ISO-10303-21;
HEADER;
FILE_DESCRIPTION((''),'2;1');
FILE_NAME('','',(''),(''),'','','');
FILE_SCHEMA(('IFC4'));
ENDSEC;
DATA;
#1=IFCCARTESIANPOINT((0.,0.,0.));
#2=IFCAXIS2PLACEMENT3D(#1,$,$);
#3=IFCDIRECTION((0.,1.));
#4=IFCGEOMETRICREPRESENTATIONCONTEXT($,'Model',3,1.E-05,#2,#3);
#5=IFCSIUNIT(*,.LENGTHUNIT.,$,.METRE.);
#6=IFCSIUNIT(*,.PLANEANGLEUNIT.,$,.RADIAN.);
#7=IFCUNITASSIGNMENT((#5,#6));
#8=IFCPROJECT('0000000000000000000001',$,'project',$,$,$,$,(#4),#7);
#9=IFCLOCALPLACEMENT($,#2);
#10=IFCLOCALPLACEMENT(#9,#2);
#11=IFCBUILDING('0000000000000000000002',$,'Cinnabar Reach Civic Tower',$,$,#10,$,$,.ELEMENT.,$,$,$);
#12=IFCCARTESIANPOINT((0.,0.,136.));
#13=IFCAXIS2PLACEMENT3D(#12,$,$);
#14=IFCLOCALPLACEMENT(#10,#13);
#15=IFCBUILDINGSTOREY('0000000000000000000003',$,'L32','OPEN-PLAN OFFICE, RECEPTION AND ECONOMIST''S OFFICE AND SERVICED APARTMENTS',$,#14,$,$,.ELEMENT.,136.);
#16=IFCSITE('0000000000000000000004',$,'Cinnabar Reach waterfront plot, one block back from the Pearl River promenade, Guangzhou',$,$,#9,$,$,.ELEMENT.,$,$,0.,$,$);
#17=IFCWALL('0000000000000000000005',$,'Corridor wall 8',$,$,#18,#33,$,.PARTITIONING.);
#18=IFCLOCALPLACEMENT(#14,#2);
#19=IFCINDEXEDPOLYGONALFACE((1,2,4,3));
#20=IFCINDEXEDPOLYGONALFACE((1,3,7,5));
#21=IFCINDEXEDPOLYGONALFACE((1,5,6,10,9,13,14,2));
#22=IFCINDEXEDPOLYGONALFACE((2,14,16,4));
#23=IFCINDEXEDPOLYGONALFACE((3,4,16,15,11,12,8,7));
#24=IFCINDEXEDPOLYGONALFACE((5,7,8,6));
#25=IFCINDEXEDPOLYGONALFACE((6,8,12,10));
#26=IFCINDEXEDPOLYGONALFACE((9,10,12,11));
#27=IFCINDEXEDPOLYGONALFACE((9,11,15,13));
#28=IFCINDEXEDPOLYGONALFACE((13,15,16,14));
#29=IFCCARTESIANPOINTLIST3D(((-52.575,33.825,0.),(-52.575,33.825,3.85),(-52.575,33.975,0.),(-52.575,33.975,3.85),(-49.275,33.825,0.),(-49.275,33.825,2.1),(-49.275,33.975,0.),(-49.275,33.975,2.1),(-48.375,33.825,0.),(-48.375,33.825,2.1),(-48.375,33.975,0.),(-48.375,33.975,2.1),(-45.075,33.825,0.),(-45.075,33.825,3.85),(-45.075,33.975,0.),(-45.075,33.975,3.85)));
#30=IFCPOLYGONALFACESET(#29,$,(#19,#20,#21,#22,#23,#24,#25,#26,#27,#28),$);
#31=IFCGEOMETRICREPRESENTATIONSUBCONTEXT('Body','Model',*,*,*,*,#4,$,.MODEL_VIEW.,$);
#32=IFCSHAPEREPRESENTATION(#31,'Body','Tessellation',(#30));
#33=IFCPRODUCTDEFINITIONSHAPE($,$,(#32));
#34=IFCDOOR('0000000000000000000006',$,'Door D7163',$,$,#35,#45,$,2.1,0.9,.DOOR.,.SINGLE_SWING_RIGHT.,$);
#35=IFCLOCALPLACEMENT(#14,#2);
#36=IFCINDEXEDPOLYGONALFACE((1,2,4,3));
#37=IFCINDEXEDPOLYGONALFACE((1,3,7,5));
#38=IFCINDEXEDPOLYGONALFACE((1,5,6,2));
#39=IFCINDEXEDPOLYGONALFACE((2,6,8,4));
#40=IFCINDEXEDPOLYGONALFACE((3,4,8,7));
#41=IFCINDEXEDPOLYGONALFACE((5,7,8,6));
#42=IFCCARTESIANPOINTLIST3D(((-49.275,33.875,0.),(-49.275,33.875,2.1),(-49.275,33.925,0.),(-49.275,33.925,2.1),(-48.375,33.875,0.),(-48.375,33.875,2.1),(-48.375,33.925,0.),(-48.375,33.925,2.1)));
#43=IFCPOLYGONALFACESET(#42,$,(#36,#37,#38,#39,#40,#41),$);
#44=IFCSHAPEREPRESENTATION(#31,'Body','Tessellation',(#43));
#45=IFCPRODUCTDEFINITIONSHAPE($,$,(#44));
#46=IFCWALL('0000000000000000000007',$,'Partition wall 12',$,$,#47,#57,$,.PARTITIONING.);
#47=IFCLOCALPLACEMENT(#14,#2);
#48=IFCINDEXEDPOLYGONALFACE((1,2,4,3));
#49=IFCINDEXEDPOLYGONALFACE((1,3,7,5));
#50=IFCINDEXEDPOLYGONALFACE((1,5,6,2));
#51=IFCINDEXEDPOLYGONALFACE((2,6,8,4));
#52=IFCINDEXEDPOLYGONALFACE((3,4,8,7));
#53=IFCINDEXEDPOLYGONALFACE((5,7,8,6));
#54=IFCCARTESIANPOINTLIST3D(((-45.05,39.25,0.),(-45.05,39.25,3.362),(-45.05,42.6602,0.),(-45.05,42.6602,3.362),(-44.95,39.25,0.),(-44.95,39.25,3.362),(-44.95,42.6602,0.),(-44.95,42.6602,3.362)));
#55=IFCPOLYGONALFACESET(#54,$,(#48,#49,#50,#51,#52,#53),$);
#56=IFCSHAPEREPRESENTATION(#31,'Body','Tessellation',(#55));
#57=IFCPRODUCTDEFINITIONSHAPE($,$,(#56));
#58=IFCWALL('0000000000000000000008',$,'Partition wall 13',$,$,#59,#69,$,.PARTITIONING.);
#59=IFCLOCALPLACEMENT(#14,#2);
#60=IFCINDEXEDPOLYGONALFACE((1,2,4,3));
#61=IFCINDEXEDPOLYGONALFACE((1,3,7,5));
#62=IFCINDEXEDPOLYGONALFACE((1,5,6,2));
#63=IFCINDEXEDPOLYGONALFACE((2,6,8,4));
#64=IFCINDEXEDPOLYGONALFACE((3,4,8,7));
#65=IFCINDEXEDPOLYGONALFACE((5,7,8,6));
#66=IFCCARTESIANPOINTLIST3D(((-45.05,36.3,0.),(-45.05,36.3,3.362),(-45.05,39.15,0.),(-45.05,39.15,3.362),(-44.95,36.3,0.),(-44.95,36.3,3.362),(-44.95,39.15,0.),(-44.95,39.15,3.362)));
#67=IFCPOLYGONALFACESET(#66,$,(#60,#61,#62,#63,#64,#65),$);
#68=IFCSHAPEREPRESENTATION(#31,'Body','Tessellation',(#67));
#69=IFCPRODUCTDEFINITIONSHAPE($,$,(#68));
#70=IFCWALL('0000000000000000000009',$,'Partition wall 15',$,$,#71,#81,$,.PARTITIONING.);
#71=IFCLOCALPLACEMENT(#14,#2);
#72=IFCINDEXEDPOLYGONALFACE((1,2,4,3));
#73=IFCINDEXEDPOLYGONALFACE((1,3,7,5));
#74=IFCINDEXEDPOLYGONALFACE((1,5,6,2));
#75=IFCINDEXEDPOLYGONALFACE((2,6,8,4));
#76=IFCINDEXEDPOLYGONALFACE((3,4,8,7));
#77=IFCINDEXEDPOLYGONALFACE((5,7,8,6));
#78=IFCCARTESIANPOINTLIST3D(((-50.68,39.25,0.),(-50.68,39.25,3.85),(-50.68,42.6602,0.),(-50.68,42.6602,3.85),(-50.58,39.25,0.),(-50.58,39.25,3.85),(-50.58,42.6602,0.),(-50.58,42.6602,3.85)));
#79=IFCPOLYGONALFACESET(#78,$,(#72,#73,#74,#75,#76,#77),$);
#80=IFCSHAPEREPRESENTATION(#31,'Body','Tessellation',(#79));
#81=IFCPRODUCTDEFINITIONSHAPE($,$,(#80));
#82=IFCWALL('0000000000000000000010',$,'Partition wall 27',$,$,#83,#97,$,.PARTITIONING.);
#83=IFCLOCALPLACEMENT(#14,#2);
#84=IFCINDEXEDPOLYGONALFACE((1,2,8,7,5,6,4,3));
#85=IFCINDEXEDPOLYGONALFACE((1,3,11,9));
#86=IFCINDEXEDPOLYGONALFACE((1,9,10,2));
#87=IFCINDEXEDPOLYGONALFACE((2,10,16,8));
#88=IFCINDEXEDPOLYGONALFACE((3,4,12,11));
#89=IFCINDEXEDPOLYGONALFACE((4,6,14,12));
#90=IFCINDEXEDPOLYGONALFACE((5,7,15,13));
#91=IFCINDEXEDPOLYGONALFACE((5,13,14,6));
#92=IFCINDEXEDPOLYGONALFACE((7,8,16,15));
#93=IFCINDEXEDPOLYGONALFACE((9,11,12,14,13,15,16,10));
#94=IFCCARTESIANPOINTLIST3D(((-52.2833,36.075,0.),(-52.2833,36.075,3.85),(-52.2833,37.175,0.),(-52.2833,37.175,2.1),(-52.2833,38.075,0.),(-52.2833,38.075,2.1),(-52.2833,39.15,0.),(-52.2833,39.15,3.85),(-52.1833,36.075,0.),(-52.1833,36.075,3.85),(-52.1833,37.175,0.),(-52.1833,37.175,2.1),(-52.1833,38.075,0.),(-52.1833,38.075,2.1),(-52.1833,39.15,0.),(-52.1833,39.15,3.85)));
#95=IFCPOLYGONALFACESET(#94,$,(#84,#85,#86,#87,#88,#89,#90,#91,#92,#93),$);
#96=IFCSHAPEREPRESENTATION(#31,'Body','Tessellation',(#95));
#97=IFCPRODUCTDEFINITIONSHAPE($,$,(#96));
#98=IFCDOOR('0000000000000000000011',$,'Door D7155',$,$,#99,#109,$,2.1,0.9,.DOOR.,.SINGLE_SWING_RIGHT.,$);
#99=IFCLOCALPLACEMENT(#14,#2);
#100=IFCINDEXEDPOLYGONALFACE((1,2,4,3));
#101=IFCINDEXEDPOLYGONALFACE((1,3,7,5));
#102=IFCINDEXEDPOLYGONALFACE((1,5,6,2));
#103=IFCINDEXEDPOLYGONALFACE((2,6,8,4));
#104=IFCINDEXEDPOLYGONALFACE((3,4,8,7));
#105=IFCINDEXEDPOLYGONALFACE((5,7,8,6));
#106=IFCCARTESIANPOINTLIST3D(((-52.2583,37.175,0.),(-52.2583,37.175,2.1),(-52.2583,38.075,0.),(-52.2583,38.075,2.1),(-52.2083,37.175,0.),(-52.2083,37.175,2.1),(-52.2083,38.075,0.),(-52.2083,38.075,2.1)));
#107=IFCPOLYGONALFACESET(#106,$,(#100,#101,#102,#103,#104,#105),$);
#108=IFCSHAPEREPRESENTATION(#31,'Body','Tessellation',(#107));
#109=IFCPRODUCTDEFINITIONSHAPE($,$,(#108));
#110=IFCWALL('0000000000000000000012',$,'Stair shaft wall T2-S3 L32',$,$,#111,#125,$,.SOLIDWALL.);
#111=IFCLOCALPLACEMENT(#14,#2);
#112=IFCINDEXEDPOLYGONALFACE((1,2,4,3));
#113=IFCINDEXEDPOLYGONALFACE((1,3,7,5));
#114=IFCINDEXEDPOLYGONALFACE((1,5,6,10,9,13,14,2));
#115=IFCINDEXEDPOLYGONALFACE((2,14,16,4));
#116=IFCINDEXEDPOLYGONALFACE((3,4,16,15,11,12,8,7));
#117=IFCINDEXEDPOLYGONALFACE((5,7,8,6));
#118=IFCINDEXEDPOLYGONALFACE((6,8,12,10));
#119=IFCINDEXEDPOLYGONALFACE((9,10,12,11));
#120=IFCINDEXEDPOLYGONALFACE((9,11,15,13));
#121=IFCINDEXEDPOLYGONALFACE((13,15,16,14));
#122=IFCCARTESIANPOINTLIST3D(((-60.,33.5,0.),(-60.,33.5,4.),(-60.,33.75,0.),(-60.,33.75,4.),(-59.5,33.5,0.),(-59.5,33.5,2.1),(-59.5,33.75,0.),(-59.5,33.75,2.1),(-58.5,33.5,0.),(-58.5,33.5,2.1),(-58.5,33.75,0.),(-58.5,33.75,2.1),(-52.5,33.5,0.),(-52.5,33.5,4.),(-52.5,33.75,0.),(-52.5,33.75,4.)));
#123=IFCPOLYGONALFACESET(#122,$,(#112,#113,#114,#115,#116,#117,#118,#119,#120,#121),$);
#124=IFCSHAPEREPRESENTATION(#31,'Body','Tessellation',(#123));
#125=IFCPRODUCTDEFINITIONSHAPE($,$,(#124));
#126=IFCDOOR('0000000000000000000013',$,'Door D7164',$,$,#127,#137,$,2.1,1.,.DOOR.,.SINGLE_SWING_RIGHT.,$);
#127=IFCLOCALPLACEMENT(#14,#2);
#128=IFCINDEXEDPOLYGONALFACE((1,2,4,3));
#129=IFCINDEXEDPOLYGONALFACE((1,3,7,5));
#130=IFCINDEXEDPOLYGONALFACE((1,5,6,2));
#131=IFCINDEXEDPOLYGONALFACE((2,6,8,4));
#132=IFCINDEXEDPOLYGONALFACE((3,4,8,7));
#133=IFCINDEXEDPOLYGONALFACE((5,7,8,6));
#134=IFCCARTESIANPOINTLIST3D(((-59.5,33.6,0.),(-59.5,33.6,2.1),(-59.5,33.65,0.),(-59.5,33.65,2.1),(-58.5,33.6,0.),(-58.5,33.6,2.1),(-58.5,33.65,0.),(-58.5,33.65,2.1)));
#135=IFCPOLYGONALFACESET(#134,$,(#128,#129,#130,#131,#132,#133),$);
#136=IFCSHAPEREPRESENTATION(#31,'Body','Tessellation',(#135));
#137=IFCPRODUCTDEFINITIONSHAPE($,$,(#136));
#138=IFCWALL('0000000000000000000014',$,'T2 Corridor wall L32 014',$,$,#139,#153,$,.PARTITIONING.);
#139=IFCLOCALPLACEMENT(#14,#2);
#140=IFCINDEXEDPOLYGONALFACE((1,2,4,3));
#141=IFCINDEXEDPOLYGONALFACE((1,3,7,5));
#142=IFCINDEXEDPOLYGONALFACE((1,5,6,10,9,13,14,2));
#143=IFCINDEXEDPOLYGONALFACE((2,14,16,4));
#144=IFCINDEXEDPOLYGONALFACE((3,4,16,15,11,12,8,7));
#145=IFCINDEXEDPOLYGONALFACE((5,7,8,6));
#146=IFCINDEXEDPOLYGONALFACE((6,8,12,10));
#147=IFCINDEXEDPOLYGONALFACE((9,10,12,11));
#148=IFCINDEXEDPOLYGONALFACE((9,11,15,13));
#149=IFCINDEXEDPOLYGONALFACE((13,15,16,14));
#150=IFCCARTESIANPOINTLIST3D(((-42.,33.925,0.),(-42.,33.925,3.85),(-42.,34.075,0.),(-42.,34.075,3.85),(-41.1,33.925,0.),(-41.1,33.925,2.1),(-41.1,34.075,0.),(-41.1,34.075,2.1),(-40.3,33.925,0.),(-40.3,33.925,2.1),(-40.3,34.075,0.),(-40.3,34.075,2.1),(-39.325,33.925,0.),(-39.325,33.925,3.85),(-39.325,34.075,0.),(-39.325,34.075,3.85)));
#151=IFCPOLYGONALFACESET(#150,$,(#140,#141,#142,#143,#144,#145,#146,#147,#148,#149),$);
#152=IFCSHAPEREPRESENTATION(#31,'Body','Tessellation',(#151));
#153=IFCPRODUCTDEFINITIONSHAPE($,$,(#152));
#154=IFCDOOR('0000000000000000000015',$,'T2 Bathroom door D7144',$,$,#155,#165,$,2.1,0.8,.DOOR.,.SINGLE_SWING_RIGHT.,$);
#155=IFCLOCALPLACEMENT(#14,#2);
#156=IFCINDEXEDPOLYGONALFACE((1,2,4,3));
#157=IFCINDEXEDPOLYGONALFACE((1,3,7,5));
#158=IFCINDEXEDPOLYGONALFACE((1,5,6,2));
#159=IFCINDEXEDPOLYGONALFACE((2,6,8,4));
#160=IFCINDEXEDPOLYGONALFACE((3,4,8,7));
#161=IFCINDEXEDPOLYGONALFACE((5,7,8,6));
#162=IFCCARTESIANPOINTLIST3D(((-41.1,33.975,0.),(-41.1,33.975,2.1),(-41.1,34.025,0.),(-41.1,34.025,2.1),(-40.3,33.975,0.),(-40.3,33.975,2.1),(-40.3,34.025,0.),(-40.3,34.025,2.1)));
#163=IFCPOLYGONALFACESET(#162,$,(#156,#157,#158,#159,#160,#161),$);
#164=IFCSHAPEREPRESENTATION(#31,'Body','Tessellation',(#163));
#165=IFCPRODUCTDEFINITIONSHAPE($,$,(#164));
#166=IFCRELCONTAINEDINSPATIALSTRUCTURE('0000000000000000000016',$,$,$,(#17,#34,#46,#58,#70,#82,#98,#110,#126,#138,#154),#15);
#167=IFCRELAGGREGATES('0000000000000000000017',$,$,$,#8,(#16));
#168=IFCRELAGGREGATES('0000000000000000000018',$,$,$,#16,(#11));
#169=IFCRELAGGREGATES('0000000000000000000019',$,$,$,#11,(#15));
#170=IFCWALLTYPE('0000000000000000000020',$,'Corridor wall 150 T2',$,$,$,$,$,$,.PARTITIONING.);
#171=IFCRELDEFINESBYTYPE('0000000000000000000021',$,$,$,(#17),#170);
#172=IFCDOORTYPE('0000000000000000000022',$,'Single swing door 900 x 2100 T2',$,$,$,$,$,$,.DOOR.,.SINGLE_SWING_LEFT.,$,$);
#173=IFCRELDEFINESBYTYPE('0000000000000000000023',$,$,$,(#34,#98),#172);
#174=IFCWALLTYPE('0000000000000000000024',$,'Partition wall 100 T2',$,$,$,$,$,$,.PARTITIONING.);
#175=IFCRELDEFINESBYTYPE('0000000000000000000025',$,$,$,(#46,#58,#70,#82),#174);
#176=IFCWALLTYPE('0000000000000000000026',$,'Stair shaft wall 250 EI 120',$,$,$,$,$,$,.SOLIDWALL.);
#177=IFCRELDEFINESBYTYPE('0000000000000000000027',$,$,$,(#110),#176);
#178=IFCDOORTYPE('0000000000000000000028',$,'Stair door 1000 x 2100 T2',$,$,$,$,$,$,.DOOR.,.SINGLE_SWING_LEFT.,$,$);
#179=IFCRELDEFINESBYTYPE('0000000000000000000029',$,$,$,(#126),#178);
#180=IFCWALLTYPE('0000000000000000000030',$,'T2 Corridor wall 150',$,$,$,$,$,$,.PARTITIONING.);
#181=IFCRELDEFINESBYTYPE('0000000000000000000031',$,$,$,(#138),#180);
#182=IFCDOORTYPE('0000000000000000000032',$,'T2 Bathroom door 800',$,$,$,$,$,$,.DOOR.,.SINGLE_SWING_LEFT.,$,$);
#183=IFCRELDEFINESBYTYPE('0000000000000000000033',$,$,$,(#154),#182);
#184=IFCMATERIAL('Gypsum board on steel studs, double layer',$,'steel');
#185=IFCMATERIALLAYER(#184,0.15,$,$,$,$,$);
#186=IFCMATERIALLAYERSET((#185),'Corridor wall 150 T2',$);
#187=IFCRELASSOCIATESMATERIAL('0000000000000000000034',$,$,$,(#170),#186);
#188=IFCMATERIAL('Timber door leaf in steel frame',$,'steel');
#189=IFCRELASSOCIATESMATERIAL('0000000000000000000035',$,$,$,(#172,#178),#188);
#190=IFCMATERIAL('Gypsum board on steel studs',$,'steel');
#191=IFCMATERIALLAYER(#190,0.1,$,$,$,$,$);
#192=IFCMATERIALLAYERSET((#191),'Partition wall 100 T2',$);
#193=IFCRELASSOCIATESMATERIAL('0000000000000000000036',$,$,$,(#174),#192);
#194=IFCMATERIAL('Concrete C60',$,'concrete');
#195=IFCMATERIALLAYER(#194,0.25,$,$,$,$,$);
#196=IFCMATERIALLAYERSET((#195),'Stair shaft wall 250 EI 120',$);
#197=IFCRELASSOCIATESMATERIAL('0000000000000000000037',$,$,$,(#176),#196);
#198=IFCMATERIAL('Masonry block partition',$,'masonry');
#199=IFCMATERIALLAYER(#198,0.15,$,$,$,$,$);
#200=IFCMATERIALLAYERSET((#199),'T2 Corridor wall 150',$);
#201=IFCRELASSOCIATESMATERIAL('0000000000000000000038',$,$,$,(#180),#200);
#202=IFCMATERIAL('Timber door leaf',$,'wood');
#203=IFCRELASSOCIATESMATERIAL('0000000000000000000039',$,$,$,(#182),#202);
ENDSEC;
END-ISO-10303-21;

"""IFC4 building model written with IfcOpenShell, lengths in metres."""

from ifc_helpers import new_model, si_unit, direction, frame, frame_2d, origin, place, context, subcontext, project, spatial, rectangle, extrude, material, layer, layer_set, type_object, element, fill, save


model = new_model("IFC4")

# Units and contexts
model_context = context("Model", 3, precision=1e-05, world=origin(), true_north=direction((0.0, 1.0)))
body_context = subcontext(model_context, "Body", "Model", "MODEL_VIEW")
ifc_project = project(units=[si_unit("LENGTHUNIT", "METRE"), si_unit("PLANEANGLEUNIT", "RADIAN")], contexts=[model_context])

# Site, building, storey
site_placement = place(None, origin())
site = spatial("IfcSite", under=ifc_project, at=site_placement, Name="Cinnabar Reach waterfront plot, one block back from the Pearl River promenade, Guangzhou", CompositionType="ELEMENT", RefElevation=0.0)
building_placement = place(site_placement, origin())
building = spatial("IfcBuilding", under=site, at=building_placement, Name="Cinnabar Reach Civic Tower", CompositionType="ELEMENT")
storey_placement = place(building_placement, frame((0.0, 0.0, 136.0)))
storey = spatial("IfcBuildingStorey", under=building, at=storey_placement, Name="L32", Description="OPEN-PLAN OFFICE, RECEPTION AND ECONOMIST'S OFFICE AND SERVICED APARTMENTS", CompositionType="ELEMENT", Elevation=136.0)

# Shared definitions
ifc_material_1 = material(Name="Concrete C60", Category="concrete")

# Wall, opening, door
ifc_material_2 = material(Name="Gypsum board on steel studs, double layer", Category="steel")
ifc_layer_1 = layer(ifc_material_2, 0.15)
ifc_layer_set_1 = layer_set([ifc_layer_1], Name="Corridor wall 150 T2")
wall_type_1 = type_object("IfcWallType", Name="Corridor wall 150 T2", PredefinedType="PARTITIONING", material=ifc_layer_set_1)
ifc_material_3 = material(Name="Timber door leaf in steel frame", Category="steel")
door_type_1 = type_object("IfcDoorType", Name="Single swing door 900 x 2100 T2", OperationType="SINGLE_SWING_LEFT", PredefinedType="DOOR", material=ifc_material_3)
wall_1_placement = place(storey_placement, frame((-52.575, 33.9, 0.0), z_axis=(0.0, 0.0, 1.0), x_axis=(1.0, 0.0, 0.0)))
wall_1 = element("IfcWall", 1, at=wall_1_placement, inside=storey, type_object=wall_type_1, Name="Corridor wall 8", PredefinedType="PARTITIONING", context=body_context, shape_type="SweptSolid", body=[
    extrude(rectangle(XDim=7.5, YDim=0.15, at=frame_2d((3.75, 0.0))), origin(), (0.0, 0.0, 1.0), 3.85),
])
opening_1_placement = place(wall_1_placement, frame((3.3, 0.0, 0.0)))
opening_1 = element("IfcOpeningElement", 2, at=opening_1_placement, cuts=wall_1, PredefinedType="OPENING", context=body_context, shape_type="SweptSolid", body=[
    extrude(rectangle(XDim=0.9, YDim=2.1, at=frame_2d((0.45, 1.05))), frame((0.0, 0.085, 0.0), z_axis=(0.0, -1.0, 0.0), x_axis=(1.0, 0.0, 0.0)), (0.0, 0.0, 1.0), 0.17),
])
door_1_placement = place(opening_1_placement, frame((0.9, 0.0, 0.0), z_axis=(0.0, 0.0, 1.0), x_axis=(-1.0, 0.0, 0.0)))
door_1 = element("IfcDoor", 3, at=door_1_placement, inside=storey, type_object=door_type_1, Name="Door D7163", OperationType="SINGLE_SWING_RIGHT", OverallHeight=2.1, OverallWidth=0.9, PredefinedType="DOOR", context=body_context, shape_type="SweptSolid", body=[
    extrude(rectangle(XDim=0.9, YDim=2.1, at=frame_2d((0.45, 1.05))), frame((0.0, 0.025, 0.0), z_axis=(0.0, -1.0, 0.0), x_axis=(1.0, 0.0, 0.0)), (0.0, 0.0, 1.0), 0.05),
])
fill(opening_1, door_1)

# Walls
ifc_material_4 = material(Name="Gypsum board on steel studs", Category="steel")
ifc_layer_2 = layer(ifc_material_4, 0.1)
ifc_layer_set_2 = layer_set([ifc_layer_2], Name="Partition wall 100 T2")
wall_type_2 = type_object("IfcWallType", Name="Partition wall 100 T2", PredefinedType="PARTITIONING", material=ifc_layer_set_2)
wall_2_placement = place(storey_placement, frame((-45.0, 39.25, 0.0), z_axis=(0.0, 0.0, 1.0), x_axis=(0.0, 1.0, 0.0)))
element("IfcWall", 4, at=wall_2_placement, inside=storey, type_object=wall_type_2, Name="Partition wall 12", PredefinedType="PARTITIONING", context=body_context, shape_type="SweptSolid", body=[
    extrude(rectangle(XDim=3.4102, YDim=0.1, at=frame_2d((1.7051, 0.0))), origin(), (0.0, 0.0, 1.0), 3.362),
])
wall_3_placement = place(storey_placement, frame((-45.0, 36.3, 0.0), z_axis=(0.0, 0.0, 1.0), x_axis=(0.0, 1.0, 0.0)))
element("IfcWall", 5, at=wall_3_placement, inside=storey, type_object=wall_type_2, Name="Partition wall 13", PredefinedType="PARTITIONING", context=body_context, shape_type="SweptSolid", body=[
    extrude(rectangle(XDim=2.85, YDim=0.1, at=frame_2d((1.425, 0.0))), origin(), (0.0, 0.0, 1.0), 3.362),
])
wall_4_placement = place(storey_placement, frame((-50.63, 39.25, 0.0), z_axis=(0.0, 0.0, 1.0), x_axis=(0.0, 1.0, 0.0)))
element("IfcWall", 6, at=wall_4_placement, inside=storey, type_object=wall_type_2, Name="Partition wall 15", PredefinedType="PARTITIONING", context=body_context, shape_type="SweptSolid", body=[
    extrude(rectangle(XDim=3.4102, YDim=0.1, at=frame_2d((1.7051, 0.0))), origin(), (0.0, 0.0, 1.0), 3.85),
])

# Walls, openings, doors
wall_5_placement = place(storey_placement, frame((-52.2333, 36.075, 0.0), z_axis=(0.0, 0.0, 1.0), x_axis=(0.0, 1.0, 0.0)))
wall_5 = element("IfcWall", 7, at=wall_5_placement, inside=storey, type_object=wall_type_2, Name="Partition wall 27", PredefinedType="PARTITIONING", context=body_context, shape_type="SweptSolid", body=[
    extrude(rectangle(XDim=3.075, YDim=0.1, at=frame_2d((1.5375, 0.0))), origin(), (0.0, 0.0, 1.0), 3.85),
])
opening_2_placement = place(wall_5_placement, frame((1.1, 0.0, 0.0)))
opening_2 = element("IfcOpeningElement", 8, at=opening_2_placement, cuts=wall_5, PredefinedType="OPENING", context=body_context, shape_type="SweptSolid", body=[
    extrude(rectangle(XDim=0.9, YDim=2.1, at=frame_2d((0.45, 1.05))), frame((0.0, 0.06, 0.0), z_axis=(0.0, -1.0, 0.0), x_axis=(1.0, 0.0, 0.0)), (0.0, 0.0, 1.0), 0.12),
])
door_2_placement = place(opening_2_placement, origin())
door_2 = element("IfcDoor", 9, at=door_2_placement, inside=storey, type_object=door_type_1, Name="Door D7155", OperationType="SINGLE_SWING_RIGHT", OverallHeight=2.1, OverallWidth=0.9, PredefinedType="DOOR", context=body_context, shape_type="SweptSolid", body=[
    extrude(rectangle(XDim=0.9, YDim=2.1, at=frame_2d((0.45, 1.05))), frame((0.0, 0.025, 0.0), z_axis=(0.0, -1.0, 0.0), x_axis=(1.0, 0.0, 0.0)), (0.0, 0.0, 1.0), 0.05),
])
fill(opening_2, door_2)
ifc_layer_3 = layer(ifc_material_1, 0.25)
ifc_layer_set_3 = layer_set([ifc_layer_3], Name="Stair shaft wall 250 EI 120")
wall_type_3 = type_object("IfcWallType", Name="Stair shaft wall 250 EI 120", PredefinedType="SOLIDWALL", material=ifc_layer_set_3)
wall_6_placement = place(storey_placement, frame((-52.5, 33.625, 0.0), z_axis=(0.0, 0.0, 1.0), x_axis=(-1.0, 0.0, 0.0)))
wall_6 = element("IfcWall", 10, at=wall_6_placement, inside=storey, type_object=wall_type_3, Name="Stair shaft wall T2-S3 L32", PredefinedType="SOLIDWALL", context=body_context, shape_type="SweptSolid", body=[
    extrude(rectangle(XDim=7.5, YDim=0.25, at=frame_2d((3.75, 0.0))), origin(), (0.0, 0.0, 1.0), 4.0),
])
opening_3_placement = place(wall_6_placement, frame((6.0, 0.0, 0.0)))
opening_3 = element("IfcOpeningElement", 11, at=opening_3_placement, cuts=wall_6, PredefinedType="OPENING", context=body_context, shape_type="SweptSolid", body=[
    extrude(rectangle(XDim=1.0, YDim=2.1, at=frame_2d((0.5, 1.05))), frame((0.0, 0.135, 0.0), z_axis=(0.0, -1.0, 0.0), x_axis=(1.0, 0.0, 0.0)), (0.0, 0.0, 1.0), 0.27),
])
door_type_2 = type_object("IfcDoorType", Name="Stair door 1000 x 2100 T2", OperationType="SINGLE_SWING_LEFT", PredefinedType="DOOR", material=ifc_material_3)
door_3_placement = place(opening_3_placement, origin())
door_3 = element("IfcDoor", 12, at=door_3_placement, inside=storey, type_object=door_type_2, Name="Door D7164", OperationType="SINGLE_SWING_RIGHT", OverallHeight=2.1, OverallWidth=1.0, PredefinedType="DOOR", context=body_context, shape_type="SweptSolid", body=[
    extrude(rectangle(XDim=1.0, YDim=2.1, at=frame_2d((0.5, 1.05))), frame((0.0, 0.025, 0.0), z_axis=(0.0, -1.0, 0.0), x_axis=(1.0, 0.0, 0.0)), (0.0, 0.0, 1.0), 0.05),
])
fill(opening_3, door_3)
ifc_material_5 = material(Name="Masonry block partition", Category="masonry")
ifc_layer_4 = layer(ifc_material_5, 0.15)
ifc_layer_set_4 = layer_set([ifc_layer_4], Name="T2 Corridor wall 150")
wall_type_4 = type_object("IfcWallType", Name="T2 Corridor wall 150", PredefinedType="PARTITIONING", material=ifc_layer_set_4)
wall_7_placement = place(storey_placement, frame((-39.325, 34.0, 0.0), z_axis=(0.0, 0.0, 1.0), x_axis=(-1.0, 0.0, 0.0)))
wall_7 = element("IfcWall", 13, at=wall_7_placement, inside=storey, type_object=wall_type_4, Name="T2 Corridor wall L32 014", PredefinedType="PARTITIONING", context=body_context, shape_type="SweptSolid", body=[
    extrude(rectangle(XDim=2.675, YDim=0.15, at=frame_2d((1.3375, 0.0))), origin(), (0.0, 0.0, 1.0), 3.85),
])
opening_4_placement = place(wall_7_placement, frame((0.975, 0.0, 0.0)))
opening_4 = element("IfcOpeningElement", 14, at=opening_4_placement, cuts=wall_7, PredefinedType="OPENING", context=body_context, shape_type="SweptSolid", body=[
    extrude(rectangle(XDim=0.8, YDim=2.1, at=frame_2d((0.4, 1.05))), frame((0.0, 0.085, 0.0), z_axis=(0.0, -1.0, 0.0), x_axis=(1.0, 0.0, 0.0)), (0.0, 0.0, 1.0), 0.17),
])
ifc_material_6 = material(Name="Timber door leaf", Category="wood")
door_type_3 = type_object("IfcDoorType", Name="T2 Bathroom door 800", OperationType="SINGLE_SWING_LEFT", PredefinedType="DOOR", material=ifc_material_6)
door_4_placement = place(opening_4_placement, frame((0.8, 0.0, 0.0), z_axis=(0.0, 0.0, 1.0), x_axis=(-1.0, 0.0, 0.0)))
door_4 = element("IfcDoor", 15, at=door_4_placement, inside=storey, type_object=door_type_3, Name="T2 Bathroom door D7144", OperationType="SINGLE_SWING_RIGHT", OverallHeight=2.1, OverallWidth=0.8, PredefinedType="DOOR", context=body_context, shape_type="SweptSolid", body=[
    extrude(rectangle(XDim=0.8, YDim=2.1, at=frame_2d((0.4, 1.05))), frame((0.0, 0.025, 0.0), z_axis=(0.0, -1.0, 0.0), x_axis=(1.0, 0.0, 0.0)), (0.0, 0.0, 1.0), 0.05),
])
fill(opening_4, door_4)

save(model, "model.ifc")
